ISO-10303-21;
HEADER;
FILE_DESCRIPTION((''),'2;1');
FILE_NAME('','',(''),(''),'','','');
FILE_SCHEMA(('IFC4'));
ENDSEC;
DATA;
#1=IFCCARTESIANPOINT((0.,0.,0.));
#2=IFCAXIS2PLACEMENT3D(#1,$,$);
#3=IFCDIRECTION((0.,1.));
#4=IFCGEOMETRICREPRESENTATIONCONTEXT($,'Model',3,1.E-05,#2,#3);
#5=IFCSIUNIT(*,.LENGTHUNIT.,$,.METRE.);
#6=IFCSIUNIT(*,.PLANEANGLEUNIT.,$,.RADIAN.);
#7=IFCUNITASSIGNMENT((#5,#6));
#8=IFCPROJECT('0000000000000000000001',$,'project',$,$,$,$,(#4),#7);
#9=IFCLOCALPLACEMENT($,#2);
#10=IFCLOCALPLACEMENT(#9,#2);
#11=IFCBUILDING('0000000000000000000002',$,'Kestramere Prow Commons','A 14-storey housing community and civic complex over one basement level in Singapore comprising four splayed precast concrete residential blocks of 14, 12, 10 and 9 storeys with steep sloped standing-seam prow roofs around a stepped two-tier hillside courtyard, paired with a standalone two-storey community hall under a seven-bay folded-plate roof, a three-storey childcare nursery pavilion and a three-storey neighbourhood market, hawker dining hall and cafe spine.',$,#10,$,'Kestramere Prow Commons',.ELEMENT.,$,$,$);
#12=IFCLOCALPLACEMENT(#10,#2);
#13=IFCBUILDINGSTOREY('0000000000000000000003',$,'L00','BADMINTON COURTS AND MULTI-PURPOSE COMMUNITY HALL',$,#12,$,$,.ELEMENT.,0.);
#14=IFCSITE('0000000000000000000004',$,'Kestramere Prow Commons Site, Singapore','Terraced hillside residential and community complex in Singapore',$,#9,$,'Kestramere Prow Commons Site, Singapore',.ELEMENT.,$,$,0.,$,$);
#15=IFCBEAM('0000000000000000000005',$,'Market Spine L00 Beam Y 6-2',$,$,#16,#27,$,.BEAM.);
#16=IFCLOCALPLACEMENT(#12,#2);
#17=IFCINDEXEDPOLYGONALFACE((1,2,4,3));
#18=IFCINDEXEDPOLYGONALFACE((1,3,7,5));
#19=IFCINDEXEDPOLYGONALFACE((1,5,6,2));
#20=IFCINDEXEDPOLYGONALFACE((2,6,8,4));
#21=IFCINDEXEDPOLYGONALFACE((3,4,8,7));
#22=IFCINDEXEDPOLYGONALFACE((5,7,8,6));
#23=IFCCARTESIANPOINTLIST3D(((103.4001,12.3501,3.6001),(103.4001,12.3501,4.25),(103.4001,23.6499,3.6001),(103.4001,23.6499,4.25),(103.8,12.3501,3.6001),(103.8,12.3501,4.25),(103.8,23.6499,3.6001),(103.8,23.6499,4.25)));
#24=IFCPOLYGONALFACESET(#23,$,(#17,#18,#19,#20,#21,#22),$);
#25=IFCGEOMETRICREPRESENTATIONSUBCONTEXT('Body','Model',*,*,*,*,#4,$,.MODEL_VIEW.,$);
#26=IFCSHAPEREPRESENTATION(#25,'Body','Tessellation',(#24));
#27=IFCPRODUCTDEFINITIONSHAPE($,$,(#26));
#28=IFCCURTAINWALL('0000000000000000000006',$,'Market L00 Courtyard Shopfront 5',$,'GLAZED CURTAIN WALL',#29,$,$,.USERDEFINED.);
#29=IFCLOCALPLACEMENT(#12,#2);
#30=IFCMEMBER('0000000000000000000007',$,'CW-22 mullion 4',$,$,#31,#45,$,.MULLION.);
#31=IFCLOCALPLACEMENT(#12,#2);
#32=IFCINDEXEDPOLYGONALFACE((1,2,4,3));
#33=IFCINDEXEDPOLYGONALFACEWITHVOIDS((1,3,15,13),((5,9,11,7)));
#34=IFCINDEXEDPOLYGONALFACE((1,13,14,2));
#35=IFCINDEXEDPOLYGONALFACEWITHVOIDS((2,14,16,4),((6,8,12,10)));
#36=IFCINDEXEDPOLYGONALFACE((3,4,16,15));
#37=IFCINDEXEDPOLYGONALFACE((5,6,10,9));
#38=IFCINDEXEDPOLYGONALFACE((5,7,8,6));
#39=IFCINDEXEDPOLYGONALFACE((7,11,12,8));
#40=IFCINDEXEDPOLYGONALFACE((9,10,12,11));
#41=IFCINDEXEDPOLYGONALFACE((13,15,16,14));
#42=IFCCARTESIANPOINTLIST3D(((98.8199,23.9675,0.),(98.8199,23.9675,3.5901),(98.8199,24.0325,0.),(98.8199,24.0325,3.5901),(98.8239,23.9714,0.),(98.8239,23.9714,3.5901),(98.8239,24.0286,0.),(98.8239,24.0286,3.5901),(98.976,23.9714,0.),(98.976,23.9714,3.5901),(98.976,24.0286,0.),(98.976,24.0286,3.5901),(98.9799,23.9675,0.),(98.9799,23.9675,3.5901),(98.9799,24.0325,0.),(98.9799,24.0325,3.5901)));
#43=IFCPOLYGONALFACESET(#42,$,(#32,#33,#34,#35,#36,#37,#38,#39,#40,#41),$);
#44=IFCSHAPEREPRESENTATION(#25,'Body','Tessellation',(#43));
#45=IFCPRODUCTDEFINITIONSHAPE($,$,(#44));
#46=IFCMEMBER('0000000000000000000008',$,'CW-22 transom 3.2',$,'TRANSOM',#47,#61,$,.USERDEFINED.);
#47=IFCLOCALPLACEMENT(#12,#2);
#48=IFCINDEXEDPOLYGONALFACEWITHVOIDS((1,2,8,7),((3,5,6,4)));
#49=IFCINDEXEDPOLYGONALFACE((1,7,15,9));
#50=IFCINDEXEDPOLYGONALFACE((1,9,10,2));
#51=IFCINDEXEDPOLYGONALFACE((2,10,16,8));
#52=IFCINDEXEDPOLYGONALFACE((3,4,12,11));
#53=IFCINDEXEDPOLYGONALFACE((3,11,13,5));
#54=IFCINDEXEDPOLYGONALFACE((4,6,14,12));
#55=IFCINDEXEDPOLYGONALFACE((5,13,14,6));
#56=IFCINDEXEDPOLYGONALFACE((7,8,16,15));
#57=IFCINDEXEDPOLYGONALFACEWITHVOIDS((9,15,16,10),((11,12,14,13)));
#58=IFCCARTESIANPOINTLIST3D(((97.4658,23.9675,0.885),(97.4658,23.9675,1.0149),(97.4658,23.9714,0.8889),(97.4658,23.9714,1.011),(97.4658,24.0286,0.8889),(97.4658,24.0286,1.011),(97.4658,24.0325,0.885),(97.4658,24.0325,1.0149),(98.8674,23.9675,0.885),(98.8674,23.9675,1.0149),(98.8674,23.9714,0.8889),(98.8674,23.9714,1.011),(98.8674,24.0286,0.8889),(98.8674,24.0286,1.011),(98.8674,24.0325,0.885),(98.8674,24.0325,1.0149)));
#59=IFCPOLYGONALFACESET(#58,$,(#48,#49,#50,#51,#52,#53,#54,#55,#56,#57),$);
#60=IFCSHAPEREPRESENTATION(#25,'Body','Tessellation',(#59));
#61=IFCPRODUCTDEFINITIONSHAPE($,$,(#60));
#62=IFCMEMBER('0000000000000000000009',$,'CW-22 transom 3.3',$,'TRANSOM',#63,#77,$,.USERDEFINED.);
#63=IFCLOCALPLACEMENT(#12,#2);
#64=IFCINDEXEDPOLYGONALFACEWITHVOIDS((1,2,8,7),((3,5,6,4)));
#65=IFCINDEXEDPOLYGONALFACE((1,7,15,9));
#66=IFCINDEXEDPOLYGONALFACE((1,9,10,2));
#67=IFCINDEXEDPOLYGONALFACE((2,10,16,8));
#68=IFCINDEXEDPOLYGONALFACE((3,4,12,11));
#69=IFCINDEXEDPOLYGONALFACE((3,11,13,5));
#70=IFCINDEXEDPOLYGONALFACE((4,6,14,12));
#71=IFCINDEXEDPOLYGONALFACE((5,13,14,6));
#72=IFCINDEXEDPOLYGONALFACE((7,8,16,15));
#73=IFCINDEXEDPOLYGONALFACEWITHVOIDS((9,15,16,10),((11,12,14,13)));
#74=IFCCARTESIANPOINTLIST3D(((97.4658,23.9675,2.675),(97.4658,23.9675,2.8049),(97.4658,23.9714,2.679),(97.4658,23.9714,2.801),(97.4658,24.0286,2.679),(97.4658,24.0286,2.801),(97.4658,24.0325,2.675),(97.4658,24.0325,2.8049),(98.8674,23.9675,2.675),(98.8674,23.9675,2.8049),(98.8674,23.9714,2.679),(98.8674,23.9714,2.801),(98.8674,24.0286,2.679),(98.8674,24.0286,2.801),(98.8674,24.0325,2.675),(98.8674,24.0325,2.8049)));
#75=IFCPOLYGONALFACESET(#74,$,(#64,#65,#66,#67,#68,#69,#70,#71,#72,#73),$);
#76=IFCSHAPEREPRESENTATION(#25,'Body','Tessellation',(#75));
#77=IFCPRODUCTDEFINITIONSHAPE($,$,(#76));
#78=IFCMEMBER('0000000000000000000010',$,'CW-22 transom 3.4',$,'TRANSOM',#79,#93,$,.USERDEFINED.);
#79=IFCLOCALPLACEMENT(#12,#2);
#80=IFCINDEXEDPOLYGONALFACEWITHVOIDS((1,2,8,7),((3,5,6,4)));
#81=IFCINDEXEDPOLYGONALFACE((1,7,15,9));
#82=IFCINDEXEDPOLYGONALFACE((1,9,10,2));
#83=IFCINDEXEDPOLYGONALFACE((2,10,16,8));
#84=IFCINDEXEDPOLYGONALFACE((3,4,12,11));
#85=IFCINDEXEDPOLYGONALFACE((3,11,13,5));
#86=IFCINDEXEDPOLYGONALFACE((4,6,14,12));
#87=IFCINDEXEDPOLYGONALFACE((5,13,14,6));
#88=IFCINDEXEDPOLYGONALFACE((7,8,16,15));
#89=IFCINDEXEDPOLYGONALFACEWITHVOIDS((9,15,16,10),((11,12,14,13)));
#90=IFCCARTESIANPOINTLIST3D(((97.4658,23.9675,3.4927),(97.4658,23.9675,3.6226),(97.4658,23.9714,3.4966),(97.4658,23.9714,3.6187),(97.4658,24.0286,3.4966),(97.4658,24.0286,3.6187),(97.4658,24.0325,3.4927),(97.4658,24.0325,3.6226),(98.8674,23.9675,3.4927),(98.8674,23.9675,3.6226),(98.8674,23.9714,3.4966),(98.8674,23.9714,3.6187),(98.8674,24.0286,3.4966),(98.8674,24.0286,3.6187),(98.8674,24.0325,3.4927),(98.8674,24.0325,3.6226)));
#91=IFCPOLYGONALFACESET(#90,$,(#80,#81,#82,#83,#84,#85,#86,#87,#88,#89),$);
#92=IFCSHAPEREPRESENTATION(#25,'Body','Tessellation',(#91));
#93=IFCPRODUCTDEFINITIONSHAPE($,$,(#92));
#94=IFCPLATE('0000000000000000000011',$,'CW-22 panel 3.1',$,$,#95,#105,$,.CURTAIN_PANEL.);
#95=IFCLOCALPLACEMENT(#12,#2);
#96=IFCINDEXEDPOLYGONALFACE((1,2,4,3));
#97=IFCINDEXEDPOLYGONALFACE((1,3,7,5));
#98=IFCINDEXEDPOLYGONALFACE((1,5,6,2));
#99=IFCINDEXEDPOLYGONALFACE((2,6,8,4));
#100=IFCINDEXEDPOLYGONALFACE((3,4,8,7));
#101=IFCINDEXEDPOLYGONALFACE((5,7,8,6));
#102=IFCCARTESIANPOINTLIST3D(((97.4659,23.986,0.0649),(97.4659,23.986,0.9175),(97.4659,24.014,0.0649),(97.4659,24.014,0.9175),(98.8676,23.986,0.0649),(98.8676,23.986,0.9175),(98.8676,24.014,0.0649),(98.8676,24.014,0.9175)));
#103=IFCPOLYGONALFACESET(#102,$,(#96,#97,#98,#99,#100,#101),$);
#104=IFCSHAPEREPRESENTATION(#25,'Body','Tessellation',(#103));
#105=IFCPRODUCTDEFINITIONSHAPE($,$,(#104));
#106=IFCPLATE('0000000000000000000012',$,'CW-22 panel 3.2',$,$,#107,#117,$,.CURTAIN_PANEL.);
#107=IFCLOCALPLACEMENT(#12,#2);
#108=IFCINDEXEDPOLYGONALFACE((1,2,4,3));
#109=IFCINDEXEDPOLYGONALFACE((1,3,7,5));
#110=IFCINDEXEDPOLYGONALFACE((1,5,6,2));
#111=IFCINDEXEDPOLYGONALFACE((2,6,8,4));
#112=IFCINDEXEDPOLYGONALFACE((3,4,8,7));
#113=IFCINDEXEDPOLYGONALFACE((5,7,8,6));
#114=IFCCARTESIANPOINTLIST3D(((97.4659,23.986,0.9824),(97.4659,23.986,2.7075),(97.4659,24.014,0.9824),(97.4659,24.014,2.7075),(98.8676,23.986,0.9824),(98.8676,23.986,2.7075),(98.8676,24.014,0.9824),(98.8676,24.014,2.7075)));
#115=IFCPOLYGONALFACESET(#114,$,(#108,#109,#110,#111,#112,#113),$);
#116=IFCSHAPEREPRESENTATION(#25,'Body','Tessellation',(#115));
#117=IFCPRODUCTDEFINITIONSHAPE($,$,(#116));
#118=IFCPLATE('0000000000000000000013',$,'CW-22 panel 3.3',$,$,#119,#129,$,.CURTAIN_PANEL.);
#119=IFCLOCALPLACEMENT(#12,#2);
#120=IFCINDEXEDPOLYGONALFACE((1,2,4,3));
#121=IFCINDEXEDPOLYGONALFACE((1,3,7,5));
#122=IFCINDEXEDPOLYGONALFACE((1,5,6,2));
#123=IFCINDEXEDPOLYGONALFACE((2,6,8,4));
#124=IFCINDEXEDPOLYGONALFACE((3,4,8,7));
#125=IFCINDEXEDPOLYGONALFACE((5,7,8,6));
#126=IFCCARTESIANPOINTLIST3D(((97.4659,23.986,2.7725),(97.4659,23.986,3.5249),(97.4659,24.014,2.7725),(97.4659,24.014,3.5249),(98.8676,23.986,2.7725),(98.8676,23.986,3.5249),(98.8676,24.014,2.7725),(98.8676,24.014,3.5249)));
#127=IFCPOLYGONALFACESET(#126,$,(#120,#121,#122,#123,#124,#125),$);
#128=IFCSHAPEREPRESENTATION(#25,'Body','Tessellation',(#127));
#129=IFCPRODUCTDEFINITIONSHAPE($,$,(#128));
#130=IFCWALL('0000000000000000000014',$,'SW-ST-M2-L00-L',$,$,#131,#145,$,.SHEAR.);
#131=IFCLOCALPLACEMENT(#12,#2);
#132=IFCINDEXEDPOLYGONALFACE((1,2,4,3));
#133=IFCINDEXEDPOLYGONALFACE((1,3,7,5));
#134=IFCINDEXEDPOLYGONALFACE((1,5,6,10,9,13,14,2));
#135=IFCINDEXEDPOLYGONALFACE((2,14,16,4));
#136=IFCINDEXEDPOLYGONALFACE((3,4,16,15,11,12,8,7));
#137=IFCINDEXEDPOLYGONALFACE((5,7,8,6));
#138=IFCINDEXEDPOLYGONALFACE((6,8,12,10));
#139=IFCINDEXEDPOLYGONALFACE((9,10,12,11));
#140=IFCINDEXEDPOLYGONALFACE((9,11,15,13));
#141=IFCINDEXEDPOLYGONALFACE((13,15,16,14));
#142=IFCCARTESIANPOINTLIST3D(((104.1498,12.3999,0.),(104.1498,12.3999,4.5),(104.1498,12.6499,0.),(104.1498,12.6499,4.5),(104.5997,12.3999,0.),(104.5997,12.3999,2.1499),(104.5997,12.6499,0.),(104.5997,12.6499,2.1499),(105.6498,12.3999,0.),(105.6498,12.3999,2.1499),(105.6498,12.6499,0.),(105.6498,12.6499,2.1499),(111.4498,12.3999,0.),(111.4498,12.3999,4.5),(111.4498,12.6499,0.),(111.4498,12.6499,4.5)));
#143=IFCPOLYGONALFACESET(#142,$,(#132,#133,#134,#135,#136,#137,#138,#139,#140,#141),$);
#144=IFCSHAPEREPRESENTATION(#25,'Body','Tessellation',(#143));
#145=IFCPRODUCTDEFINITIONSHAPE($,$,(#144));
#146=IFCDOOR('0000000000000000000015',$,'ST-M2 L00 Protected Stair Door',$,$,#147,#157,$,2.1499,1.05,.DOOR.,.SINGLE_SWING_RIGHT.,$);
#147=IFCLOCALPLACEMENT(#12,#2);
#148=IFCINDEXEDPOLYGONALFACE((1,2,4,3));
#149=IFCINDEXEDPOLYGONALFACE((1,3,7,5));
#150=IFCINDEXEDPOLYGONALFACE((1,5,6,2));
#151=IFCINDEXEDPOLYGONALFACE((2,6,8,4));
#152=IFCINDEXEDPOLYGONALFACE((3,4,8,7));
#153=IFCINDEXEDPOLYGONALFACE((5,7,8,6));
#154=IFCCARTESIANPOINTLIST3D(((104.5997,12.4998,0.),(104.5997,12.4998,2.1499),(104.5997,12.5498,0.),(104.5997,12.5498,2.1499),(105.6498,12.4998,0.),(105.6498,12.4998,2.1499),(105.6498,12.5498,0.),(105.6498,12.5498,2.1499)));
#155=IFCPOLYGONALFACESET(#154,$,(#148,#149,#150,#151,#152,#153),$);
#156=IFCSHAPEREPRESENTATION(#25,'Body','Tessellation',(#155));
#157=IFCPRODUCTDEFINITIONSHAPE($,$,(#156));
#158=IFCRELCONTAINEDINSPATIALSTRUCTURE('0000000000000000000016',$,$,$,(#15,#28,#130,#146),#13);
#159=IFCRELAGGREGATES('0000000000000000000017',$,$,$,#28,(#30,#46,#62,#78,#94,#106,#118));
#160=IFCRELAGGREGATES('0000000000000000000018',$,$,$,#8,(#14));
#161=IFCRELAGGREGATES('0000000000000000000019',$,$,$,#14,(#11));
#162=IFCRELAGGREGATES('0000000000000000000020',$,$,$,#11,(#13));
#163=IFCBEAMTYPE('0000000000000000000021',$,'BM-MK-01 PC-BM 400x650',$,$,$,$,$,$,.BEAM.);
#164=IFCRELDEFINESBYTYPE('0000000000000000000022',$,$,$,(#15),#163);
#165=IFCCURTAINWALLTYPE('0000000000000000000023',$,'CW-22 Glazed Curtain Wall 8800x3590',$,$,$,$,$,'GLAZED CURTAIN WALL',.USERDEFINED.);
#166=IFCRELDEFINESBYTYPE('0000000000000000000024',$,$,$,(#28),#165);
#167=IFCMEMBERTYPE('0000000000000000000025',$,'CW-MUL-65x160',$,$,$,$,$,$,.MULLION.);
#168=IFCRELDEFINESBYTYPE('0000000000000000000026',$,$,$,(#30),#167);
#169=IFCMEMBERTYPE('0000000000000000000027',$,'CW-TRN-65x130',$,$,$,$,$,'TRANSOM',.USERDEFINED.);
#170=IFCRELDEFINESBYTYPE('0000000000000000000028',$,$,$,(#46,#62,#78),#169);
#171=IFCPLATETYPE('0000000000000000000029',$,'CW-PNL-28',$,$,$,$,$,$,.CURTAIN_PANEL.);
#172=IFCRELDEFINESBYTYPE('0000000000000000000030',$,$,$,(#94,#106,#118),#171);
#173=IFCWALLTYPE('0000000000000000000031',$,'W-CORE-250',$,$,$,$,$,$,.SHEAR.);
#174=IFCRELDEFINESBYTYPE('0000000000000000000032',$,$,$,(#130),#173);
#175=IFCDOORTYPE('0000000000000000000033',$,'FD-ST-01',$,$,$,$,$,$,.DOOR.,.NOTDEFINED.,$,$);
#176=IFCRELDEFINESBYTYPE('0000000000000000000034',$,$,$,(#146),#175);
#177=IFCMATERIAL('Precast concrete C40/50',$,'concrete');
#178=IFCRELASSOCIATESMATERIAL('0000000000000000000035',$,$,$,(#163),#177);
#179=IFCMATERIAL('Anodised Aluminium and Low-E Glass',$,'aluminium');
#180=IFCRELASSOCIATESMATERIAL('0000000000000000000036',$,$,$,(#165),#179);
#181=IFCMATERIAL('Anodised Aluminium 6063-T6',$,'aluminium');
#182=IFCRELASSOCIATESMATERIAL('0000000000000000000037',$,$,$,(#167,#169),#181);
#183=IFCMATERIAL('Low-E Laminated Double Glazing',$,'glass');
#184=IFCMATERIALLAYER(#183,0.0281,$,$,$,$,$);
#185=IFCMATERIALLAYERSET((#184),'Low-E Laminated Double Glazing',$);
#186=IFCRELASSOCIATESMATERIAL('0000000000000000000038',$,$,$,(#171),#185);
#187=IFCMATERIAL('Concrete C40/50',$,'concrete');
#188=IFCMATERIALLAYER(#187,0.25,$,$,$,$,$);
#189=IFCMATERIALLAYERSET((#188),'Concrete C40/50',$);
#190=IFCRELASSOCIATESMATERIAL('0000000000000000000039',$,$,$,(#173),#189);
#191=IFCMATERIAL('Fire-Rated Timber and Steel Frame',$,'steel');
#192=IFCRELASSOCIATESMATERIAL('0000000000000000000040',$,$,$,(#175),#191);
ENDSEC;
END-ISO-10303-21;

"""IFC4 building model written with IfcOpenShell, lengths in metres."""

from ifc_helpers import new_model, si_unit, direction, frame, frame_2d, origin, origin_2d, place, context, subcontext, project, spatial, rectangle, hollow_rectangle, extrude, material, layer, layer_set, material_profile, profile_set, type_object, element, fill, aggregate, save


model = new_model("IFC4")

# Units and contexts
model_context = context("Model", 3, precision=1e-05, world=origin(), true_north=direction((0.0, 1.0)))
body_context = subcontext(model_context, "Body", "Model", "MODEL_VIEW")
ifc_project = project(units=[si_unit("LENGTHUNIT", "METRE"), si_unit("PLANEANGLEUNIT", "RADIAN")], contexts=[model_context])

# Site, building, storey
site_placement = place(None, origin())
site = spatial("IfcSite", under=ifc_project, at=site_placement, Name="Kestramere Prow Commons Site, Singapore", Description="Terraced hillside residential and community complex in Singapore", LongName="Kestramere Prow Commons Site, Singapore", CompositionType="ELEMENT", RefElevation=0.0)
building_placement = place(site_placement, origin())
building = spatial("IfcBuilding", under=site, at=building_placement, Name="Kestramere Prow Commons", Description="A 14-storey housing community and civic complex over one basement level in Singapore comprising four splayed precast concrete residential blocks of 14, 12, 10 and 9 storeys with steep sloped standing-seam prow roofs around a stepped two-tier hillside courtyard, paired with a standalone two-storey community hall under a seven-bay folded-plate roof, a three-storey childcare nursery pavilion and a three-storey neighbourhood market, hawker dining hall and cafe spine.", LongName="Kestramere Prow Commons", CompositionType="ELEMENT")
storey_placement = place(building_placement, origin())
storey = spatial("IfcBuildingStorey", under=building, at=storey_placement, Name="L00", Description="BADMINTON COURTS AND MULTI-PURPOSE COMMUNITY HALL", CompositionType="ELEMENT", Elevation=0.0)

# Beam
ifc_material_1 = material(Name="Precast concrete C40/50", Category="concrete")
ifc_material_profile_1 = material_profile(ifc_material_1, rectangle(XDim=0.3999, YDim=0.6499, at=origin_2d()), Name="PC-BM 400x650")
ifc_profile_set_1 = profile_set([ifc_material_profile_1], Name="Precast concrete C40/50")
beam_type = type_object("IfcBeamType", Name="BM-MK-01 PC-BM 400x650", PredefinedType="BEAM", material=ifc_profile_set_1)
beam_placement = place(storey_placement, frame((103.6001, 12.3501, 3.925), z_axis=(0.0, 1.0, 0.0), x_axis=(-1.0, 0.0, 0.0)))
element("IfcBeam", 1, at=beam_placement, inside=storey, type_object=beam_type, Name="Market Spine L00 Beam Y 6-2", PredefinedType="BEAM", context=body_context, shape_type="SweptSolid", body=[
    extrude(rectangle(XDim=0.3999, YDim=0.6499, at=origin_2d()), origin(), (0.0, 0.0, 1.0), 11.2998),
])

# Curtain wall, members, plates
ifc_material_2 = material(Name="Anodised Aluminium and Low-E Glass", Category="aluminium")
curtain_wall_type = type_object("IfcCurtainWallType", Name="CW-22 Glazed Curtain Wall 8800x3590", ElementType="GLAZED CURTAIN WALL", PredefinedType="USERDEFINED", material=ifc_material_2)
curtain_wall_placement = place(storey_placement, origin())
curtain_wall = element("IfcCurtainWall", 2, at=curtain_wall_placement, inside=storey, type_object=curtain_wall_type, Name="Market L00 Courtyard Shopfront 5", ObjectType="GLAZED CURTAIN WALL", PredefinedType="USERDEFINED")
ifc_material_3 = material(Name="Anodised Aluminium 6063-T6", Category="aluminium")
ifc_material_profile_2 = material_profile(ifc_material_3, hollow_rectangle(XDim=0.0649, YDim=0.1599, WallThickness=0.0039, at=origin_2d()), Name="ALU-MUL 65x160")
ifc_profile_set_2 = profile_set([ifc_material_profile_2], Name="Anodised Aluminium 6063-T6")
member_type_1 = type_object("IfcMemberType", Name="CW-MUL-65x160", PredefinedType="MULLION", material=ifc_profile_set_2)
member_1_placement = place(storey_placement, frame((98.8999, 24.0, 0.0), z_axis=(0.0, 0.0, 1.0), x_axis=(0.0, 1.0, 0.0)))
member_1 = element("IfcMember", 3, at=member_1_placement, type_object=member_type_1, Name="CW-22 mullion 4", PredefinedType="MULLION", context=body_context, shape_type="SweptSolid", body=[
    extrude(hollow_rectangle(XDim=0.0649, YDim=0.1599, WallThickness=0.0039, at=origin_2d()), origin(), (0.0, 0.0, 1.0), 3.5901),
])
ifc_material_profile_3 = material_profile(ifc_material_3, hollow_rectangle(XDim=0.0649, YDim=0.1299, WallThickness=0.0039, at=origin_2d()), Name="ALU-TRN 65x130")
ifc_profile_set_3 = profile_set([ifc_material_profile_3], Name="Anodised Aluminium 6063-T6")
member_type_2 = type_object("IfcMemberType", Name="CW-TRN-65x130", ElementType="TRANSOM", PredefinedType="USERDEFINED", material=ifc_profile_set_3)
member_2_placement = place(storey_placement, frame((97.4658, 24.0, 0.95), z_axis=(1.0, 0.0, 0.0), x_axis=(0.0, 1.0, 0.0)))
member_2 = element("IfcMember", 4, at=member_2_placement, type_object=member_type_2, Name="CW-22 transom 3.2", ObjectType="TRANSOM", PredefinedType="USERDEFINED", context=body_context, shape_type="SweptSolid", body=[
    extrude(hollow_rectangle(XDim=0.0649, YDim=0.1299, WallThickness=0.0039, at=origin_2d()), origin(), (0.0, 0.0, 1.0), 1.4016),
])
member_3_placement = place(storey_placement, frame((97.4658, 24.0, 2.74), z_axis=(1.0, 0.0, 0.0), x_axis=(0.0, 1.0, 0.0)))
member_3 = element("IfcMember", 5, at=member_3_placement, type_object=member_type_2, Name="CW-22 transom 3.3", ObjectType="TRANSOM", PredefinedType="USERDEFINED", context=body_context, shape_type="SweptSolid", body=[
    extrude(hollow_rectangle(XDim=0.0649, YDim=0.1299, WallThickness=0.0039, at=origin_2d()), origin(), (0.0, 0.0, 1.0), 1.4016),
])
member_4_placement = place(storey_placement, frame((97.4658, 24.0, 3.5576), z_axis=(1.0, 0.0, 0.0), x_axis=(0.0, 1.0, 0.0)))
member_4 = element("IfcMember", 6, at=member_4_placement, type_object=member_type_2, Name="CW-22 transom 3.4", ObjectType="TRANSOM", PredefinedType="USERDEFINED", context=body_context, shape_type="SweptSolid", body=[
    extrude(hollow_rectangle(XDim=0.0649, YDim=0.1299, WallThickness=0.0039, at=origin_2d()), origin(), (0.0, 0.0, 1.0), 1.4016),
])
ifc_material_4 = material(Name="Low-E Laminated Double Glazing", Category="glass")
ifc_layer_1 = layer(ifc_material_4, 0.0281)
ifc_layer_set_1 = layer_set([ifc_layer_1], Name="Low-E Laminated Double Glazing")
plate_type = type_object("IfcPlateType", Name="CW-PNL-28", PredefinedType="CURTAIN_PANEL", material=ifc_layer_set_1)
plate_1_placement = place(storey_placement, frame((98.1667, 24.0, 0.0649), z_axis=(0.0, 0.0, 1.0), x_axis=(1.0, 0.0, 0.0)))
plate_1 = element("IfcPlate", 7, at=plate_1_placement, type_object=plate_type, Name="CW-22 panel 3.1", PredefinedType="CURTAIN_PANEL", context=body_context, shape_type="SweptSolid", body=[
    extrude(rectangle(XDim=1.4016, YDim=0.0281, at=origin_2d()), origin(), (0.0, 0.0, 1.0), 0.8525),
])
plate_2_placement = place(storey_placement, frame((98.1667, 24.0, 0.9824), z_axis=(0.0, 0.0, 1.0), x_axis=(1.0, 0.0, 0.0)))
plate_2 = element("IfcPlate", 8, at=plate_2_placement, type_object=plate_type, Name="CW-22 panel 3.2", PredefinedType="CURTAIN_PANEL", context=body_context, shape_type="SweptSolid", body=[
    extrude(rectangle(XDim=1.4016, YDim=0.0281, at=origin_2d()), origin(), (0.0, 0.0, 1.0), 1.7251),
])
plate_3_placement = place(storey_placement, frame((98.1667, 24.0, 2.7725), z_axis=(0.0, 0.0, 1.0), x_axis=(1.0, 0.0, 0.0)))
plate_3 = element("IfcPlate", 9, at=plate_3_placement, type_object=plate_type, Name="CW-22 panel 3.3", PredefinedType="CURTAIN_PANEL", context=body_context, shape_type="SweptSolid", body=[
    extrude(rectangle(XDim=1.4016, YDim=0.0281, at=origin_2d()), origin(), (0.0, 0.0, 1.0), 0.7524),
])
aggregate(curtain_wall, [member_1, member_2, member_3, member_4, plate_1, plate_2, plate_3])

# Wall, opening, door
ifc_material_5 = material(Name="Concrete C40/50", Category="concrete")
ifc_layer_2 = layer(ifc_material_5, 0.25)
ifc_layer_set_2 = layer_set([ifc_layer_2], Name="Concrete C40/50")
wall_type_1 = type_object("IfcWallType", Name="W-CORE-250", PredefinedType="SHEAR", material=ifc_layer_set_2)
wall_1_placement = place(storey_placement, frame((104.1499, 12.5249, 0.0), z_axis=(0.0, 0.0, 1.0), x_axis=(1.0, 0.0, 0.0)))
wall_1 = element("IfcWall", 10, at=wall_1_placement, inside=storey, type_object=wall_type_1, Name="SW-ST-M2-L00-L", PredefinedType="SHEAR", context=body_context, shape_type="SweptSolid", body=[
    extrude(rectangle(XDim=7.3, YDim=0.25, at=frame_2d((3.6499, 0.0))), origin(), (0.0, 0.0, 1.0), 4.5),
])
opening_1_placement = place(wall_1_placement, frame((0.45, 0.0, 0.0)))
opening_1 = element("IfcOpeningElement", 11, at=opening_1_placement, cuts=wall_1, PredefinedType="OPENING", context=body_context, shape_type="SweptSolid", body=[
    extrude(rectangle(XDim=1.05, YDim=2.1499, at=frame_2d((0.5249, 1.075))), frame((0.0, 0.1399, 0.0), z_axis=(0.0, -1.0, 0.0), x_axis=(1.0, 0.0, 0.0)), (0.0, 0.0, 1.0), 0.28),
])
ifc_material_6 = material(Name="Fire-Rated Timber and Steel Frame", Category="steel")
door_type_1 = type_object("IfcDoorType", Name="FD-ST-01", OperationType="NOTDEFINED", PredefinedType="DOOR", material=ifc_material_6)
door_1_placement = place(opening_1_placement, origin())
door_1 = element("IfcDoor", 12, at=door_1_placement, inside=storey, type_object=door_type_1, Name="ST-M2 L00 Protected Stair Door", OperationType="SINGLE_SWING_RIGHT", OverallHeight=2.1499, OverallWidth=1.05, PredefinedType="DOOR", context=body_context, shape_type="SweptSolid", body=[
    extrude(rectangle(XDim=1.05, YDim=2.1499, at=frame_2d((0.5249, 1.075))), frame((0.0, 0.0249, 0.0), z_axis=(0.0, -1.0, 0.0), x_axis=(1.0, 0.0, 0.0)), (0.0, 0.0, 1.0), 0.05),
])
fill(opening_1, door_1)

save(model, "model.ifc")
